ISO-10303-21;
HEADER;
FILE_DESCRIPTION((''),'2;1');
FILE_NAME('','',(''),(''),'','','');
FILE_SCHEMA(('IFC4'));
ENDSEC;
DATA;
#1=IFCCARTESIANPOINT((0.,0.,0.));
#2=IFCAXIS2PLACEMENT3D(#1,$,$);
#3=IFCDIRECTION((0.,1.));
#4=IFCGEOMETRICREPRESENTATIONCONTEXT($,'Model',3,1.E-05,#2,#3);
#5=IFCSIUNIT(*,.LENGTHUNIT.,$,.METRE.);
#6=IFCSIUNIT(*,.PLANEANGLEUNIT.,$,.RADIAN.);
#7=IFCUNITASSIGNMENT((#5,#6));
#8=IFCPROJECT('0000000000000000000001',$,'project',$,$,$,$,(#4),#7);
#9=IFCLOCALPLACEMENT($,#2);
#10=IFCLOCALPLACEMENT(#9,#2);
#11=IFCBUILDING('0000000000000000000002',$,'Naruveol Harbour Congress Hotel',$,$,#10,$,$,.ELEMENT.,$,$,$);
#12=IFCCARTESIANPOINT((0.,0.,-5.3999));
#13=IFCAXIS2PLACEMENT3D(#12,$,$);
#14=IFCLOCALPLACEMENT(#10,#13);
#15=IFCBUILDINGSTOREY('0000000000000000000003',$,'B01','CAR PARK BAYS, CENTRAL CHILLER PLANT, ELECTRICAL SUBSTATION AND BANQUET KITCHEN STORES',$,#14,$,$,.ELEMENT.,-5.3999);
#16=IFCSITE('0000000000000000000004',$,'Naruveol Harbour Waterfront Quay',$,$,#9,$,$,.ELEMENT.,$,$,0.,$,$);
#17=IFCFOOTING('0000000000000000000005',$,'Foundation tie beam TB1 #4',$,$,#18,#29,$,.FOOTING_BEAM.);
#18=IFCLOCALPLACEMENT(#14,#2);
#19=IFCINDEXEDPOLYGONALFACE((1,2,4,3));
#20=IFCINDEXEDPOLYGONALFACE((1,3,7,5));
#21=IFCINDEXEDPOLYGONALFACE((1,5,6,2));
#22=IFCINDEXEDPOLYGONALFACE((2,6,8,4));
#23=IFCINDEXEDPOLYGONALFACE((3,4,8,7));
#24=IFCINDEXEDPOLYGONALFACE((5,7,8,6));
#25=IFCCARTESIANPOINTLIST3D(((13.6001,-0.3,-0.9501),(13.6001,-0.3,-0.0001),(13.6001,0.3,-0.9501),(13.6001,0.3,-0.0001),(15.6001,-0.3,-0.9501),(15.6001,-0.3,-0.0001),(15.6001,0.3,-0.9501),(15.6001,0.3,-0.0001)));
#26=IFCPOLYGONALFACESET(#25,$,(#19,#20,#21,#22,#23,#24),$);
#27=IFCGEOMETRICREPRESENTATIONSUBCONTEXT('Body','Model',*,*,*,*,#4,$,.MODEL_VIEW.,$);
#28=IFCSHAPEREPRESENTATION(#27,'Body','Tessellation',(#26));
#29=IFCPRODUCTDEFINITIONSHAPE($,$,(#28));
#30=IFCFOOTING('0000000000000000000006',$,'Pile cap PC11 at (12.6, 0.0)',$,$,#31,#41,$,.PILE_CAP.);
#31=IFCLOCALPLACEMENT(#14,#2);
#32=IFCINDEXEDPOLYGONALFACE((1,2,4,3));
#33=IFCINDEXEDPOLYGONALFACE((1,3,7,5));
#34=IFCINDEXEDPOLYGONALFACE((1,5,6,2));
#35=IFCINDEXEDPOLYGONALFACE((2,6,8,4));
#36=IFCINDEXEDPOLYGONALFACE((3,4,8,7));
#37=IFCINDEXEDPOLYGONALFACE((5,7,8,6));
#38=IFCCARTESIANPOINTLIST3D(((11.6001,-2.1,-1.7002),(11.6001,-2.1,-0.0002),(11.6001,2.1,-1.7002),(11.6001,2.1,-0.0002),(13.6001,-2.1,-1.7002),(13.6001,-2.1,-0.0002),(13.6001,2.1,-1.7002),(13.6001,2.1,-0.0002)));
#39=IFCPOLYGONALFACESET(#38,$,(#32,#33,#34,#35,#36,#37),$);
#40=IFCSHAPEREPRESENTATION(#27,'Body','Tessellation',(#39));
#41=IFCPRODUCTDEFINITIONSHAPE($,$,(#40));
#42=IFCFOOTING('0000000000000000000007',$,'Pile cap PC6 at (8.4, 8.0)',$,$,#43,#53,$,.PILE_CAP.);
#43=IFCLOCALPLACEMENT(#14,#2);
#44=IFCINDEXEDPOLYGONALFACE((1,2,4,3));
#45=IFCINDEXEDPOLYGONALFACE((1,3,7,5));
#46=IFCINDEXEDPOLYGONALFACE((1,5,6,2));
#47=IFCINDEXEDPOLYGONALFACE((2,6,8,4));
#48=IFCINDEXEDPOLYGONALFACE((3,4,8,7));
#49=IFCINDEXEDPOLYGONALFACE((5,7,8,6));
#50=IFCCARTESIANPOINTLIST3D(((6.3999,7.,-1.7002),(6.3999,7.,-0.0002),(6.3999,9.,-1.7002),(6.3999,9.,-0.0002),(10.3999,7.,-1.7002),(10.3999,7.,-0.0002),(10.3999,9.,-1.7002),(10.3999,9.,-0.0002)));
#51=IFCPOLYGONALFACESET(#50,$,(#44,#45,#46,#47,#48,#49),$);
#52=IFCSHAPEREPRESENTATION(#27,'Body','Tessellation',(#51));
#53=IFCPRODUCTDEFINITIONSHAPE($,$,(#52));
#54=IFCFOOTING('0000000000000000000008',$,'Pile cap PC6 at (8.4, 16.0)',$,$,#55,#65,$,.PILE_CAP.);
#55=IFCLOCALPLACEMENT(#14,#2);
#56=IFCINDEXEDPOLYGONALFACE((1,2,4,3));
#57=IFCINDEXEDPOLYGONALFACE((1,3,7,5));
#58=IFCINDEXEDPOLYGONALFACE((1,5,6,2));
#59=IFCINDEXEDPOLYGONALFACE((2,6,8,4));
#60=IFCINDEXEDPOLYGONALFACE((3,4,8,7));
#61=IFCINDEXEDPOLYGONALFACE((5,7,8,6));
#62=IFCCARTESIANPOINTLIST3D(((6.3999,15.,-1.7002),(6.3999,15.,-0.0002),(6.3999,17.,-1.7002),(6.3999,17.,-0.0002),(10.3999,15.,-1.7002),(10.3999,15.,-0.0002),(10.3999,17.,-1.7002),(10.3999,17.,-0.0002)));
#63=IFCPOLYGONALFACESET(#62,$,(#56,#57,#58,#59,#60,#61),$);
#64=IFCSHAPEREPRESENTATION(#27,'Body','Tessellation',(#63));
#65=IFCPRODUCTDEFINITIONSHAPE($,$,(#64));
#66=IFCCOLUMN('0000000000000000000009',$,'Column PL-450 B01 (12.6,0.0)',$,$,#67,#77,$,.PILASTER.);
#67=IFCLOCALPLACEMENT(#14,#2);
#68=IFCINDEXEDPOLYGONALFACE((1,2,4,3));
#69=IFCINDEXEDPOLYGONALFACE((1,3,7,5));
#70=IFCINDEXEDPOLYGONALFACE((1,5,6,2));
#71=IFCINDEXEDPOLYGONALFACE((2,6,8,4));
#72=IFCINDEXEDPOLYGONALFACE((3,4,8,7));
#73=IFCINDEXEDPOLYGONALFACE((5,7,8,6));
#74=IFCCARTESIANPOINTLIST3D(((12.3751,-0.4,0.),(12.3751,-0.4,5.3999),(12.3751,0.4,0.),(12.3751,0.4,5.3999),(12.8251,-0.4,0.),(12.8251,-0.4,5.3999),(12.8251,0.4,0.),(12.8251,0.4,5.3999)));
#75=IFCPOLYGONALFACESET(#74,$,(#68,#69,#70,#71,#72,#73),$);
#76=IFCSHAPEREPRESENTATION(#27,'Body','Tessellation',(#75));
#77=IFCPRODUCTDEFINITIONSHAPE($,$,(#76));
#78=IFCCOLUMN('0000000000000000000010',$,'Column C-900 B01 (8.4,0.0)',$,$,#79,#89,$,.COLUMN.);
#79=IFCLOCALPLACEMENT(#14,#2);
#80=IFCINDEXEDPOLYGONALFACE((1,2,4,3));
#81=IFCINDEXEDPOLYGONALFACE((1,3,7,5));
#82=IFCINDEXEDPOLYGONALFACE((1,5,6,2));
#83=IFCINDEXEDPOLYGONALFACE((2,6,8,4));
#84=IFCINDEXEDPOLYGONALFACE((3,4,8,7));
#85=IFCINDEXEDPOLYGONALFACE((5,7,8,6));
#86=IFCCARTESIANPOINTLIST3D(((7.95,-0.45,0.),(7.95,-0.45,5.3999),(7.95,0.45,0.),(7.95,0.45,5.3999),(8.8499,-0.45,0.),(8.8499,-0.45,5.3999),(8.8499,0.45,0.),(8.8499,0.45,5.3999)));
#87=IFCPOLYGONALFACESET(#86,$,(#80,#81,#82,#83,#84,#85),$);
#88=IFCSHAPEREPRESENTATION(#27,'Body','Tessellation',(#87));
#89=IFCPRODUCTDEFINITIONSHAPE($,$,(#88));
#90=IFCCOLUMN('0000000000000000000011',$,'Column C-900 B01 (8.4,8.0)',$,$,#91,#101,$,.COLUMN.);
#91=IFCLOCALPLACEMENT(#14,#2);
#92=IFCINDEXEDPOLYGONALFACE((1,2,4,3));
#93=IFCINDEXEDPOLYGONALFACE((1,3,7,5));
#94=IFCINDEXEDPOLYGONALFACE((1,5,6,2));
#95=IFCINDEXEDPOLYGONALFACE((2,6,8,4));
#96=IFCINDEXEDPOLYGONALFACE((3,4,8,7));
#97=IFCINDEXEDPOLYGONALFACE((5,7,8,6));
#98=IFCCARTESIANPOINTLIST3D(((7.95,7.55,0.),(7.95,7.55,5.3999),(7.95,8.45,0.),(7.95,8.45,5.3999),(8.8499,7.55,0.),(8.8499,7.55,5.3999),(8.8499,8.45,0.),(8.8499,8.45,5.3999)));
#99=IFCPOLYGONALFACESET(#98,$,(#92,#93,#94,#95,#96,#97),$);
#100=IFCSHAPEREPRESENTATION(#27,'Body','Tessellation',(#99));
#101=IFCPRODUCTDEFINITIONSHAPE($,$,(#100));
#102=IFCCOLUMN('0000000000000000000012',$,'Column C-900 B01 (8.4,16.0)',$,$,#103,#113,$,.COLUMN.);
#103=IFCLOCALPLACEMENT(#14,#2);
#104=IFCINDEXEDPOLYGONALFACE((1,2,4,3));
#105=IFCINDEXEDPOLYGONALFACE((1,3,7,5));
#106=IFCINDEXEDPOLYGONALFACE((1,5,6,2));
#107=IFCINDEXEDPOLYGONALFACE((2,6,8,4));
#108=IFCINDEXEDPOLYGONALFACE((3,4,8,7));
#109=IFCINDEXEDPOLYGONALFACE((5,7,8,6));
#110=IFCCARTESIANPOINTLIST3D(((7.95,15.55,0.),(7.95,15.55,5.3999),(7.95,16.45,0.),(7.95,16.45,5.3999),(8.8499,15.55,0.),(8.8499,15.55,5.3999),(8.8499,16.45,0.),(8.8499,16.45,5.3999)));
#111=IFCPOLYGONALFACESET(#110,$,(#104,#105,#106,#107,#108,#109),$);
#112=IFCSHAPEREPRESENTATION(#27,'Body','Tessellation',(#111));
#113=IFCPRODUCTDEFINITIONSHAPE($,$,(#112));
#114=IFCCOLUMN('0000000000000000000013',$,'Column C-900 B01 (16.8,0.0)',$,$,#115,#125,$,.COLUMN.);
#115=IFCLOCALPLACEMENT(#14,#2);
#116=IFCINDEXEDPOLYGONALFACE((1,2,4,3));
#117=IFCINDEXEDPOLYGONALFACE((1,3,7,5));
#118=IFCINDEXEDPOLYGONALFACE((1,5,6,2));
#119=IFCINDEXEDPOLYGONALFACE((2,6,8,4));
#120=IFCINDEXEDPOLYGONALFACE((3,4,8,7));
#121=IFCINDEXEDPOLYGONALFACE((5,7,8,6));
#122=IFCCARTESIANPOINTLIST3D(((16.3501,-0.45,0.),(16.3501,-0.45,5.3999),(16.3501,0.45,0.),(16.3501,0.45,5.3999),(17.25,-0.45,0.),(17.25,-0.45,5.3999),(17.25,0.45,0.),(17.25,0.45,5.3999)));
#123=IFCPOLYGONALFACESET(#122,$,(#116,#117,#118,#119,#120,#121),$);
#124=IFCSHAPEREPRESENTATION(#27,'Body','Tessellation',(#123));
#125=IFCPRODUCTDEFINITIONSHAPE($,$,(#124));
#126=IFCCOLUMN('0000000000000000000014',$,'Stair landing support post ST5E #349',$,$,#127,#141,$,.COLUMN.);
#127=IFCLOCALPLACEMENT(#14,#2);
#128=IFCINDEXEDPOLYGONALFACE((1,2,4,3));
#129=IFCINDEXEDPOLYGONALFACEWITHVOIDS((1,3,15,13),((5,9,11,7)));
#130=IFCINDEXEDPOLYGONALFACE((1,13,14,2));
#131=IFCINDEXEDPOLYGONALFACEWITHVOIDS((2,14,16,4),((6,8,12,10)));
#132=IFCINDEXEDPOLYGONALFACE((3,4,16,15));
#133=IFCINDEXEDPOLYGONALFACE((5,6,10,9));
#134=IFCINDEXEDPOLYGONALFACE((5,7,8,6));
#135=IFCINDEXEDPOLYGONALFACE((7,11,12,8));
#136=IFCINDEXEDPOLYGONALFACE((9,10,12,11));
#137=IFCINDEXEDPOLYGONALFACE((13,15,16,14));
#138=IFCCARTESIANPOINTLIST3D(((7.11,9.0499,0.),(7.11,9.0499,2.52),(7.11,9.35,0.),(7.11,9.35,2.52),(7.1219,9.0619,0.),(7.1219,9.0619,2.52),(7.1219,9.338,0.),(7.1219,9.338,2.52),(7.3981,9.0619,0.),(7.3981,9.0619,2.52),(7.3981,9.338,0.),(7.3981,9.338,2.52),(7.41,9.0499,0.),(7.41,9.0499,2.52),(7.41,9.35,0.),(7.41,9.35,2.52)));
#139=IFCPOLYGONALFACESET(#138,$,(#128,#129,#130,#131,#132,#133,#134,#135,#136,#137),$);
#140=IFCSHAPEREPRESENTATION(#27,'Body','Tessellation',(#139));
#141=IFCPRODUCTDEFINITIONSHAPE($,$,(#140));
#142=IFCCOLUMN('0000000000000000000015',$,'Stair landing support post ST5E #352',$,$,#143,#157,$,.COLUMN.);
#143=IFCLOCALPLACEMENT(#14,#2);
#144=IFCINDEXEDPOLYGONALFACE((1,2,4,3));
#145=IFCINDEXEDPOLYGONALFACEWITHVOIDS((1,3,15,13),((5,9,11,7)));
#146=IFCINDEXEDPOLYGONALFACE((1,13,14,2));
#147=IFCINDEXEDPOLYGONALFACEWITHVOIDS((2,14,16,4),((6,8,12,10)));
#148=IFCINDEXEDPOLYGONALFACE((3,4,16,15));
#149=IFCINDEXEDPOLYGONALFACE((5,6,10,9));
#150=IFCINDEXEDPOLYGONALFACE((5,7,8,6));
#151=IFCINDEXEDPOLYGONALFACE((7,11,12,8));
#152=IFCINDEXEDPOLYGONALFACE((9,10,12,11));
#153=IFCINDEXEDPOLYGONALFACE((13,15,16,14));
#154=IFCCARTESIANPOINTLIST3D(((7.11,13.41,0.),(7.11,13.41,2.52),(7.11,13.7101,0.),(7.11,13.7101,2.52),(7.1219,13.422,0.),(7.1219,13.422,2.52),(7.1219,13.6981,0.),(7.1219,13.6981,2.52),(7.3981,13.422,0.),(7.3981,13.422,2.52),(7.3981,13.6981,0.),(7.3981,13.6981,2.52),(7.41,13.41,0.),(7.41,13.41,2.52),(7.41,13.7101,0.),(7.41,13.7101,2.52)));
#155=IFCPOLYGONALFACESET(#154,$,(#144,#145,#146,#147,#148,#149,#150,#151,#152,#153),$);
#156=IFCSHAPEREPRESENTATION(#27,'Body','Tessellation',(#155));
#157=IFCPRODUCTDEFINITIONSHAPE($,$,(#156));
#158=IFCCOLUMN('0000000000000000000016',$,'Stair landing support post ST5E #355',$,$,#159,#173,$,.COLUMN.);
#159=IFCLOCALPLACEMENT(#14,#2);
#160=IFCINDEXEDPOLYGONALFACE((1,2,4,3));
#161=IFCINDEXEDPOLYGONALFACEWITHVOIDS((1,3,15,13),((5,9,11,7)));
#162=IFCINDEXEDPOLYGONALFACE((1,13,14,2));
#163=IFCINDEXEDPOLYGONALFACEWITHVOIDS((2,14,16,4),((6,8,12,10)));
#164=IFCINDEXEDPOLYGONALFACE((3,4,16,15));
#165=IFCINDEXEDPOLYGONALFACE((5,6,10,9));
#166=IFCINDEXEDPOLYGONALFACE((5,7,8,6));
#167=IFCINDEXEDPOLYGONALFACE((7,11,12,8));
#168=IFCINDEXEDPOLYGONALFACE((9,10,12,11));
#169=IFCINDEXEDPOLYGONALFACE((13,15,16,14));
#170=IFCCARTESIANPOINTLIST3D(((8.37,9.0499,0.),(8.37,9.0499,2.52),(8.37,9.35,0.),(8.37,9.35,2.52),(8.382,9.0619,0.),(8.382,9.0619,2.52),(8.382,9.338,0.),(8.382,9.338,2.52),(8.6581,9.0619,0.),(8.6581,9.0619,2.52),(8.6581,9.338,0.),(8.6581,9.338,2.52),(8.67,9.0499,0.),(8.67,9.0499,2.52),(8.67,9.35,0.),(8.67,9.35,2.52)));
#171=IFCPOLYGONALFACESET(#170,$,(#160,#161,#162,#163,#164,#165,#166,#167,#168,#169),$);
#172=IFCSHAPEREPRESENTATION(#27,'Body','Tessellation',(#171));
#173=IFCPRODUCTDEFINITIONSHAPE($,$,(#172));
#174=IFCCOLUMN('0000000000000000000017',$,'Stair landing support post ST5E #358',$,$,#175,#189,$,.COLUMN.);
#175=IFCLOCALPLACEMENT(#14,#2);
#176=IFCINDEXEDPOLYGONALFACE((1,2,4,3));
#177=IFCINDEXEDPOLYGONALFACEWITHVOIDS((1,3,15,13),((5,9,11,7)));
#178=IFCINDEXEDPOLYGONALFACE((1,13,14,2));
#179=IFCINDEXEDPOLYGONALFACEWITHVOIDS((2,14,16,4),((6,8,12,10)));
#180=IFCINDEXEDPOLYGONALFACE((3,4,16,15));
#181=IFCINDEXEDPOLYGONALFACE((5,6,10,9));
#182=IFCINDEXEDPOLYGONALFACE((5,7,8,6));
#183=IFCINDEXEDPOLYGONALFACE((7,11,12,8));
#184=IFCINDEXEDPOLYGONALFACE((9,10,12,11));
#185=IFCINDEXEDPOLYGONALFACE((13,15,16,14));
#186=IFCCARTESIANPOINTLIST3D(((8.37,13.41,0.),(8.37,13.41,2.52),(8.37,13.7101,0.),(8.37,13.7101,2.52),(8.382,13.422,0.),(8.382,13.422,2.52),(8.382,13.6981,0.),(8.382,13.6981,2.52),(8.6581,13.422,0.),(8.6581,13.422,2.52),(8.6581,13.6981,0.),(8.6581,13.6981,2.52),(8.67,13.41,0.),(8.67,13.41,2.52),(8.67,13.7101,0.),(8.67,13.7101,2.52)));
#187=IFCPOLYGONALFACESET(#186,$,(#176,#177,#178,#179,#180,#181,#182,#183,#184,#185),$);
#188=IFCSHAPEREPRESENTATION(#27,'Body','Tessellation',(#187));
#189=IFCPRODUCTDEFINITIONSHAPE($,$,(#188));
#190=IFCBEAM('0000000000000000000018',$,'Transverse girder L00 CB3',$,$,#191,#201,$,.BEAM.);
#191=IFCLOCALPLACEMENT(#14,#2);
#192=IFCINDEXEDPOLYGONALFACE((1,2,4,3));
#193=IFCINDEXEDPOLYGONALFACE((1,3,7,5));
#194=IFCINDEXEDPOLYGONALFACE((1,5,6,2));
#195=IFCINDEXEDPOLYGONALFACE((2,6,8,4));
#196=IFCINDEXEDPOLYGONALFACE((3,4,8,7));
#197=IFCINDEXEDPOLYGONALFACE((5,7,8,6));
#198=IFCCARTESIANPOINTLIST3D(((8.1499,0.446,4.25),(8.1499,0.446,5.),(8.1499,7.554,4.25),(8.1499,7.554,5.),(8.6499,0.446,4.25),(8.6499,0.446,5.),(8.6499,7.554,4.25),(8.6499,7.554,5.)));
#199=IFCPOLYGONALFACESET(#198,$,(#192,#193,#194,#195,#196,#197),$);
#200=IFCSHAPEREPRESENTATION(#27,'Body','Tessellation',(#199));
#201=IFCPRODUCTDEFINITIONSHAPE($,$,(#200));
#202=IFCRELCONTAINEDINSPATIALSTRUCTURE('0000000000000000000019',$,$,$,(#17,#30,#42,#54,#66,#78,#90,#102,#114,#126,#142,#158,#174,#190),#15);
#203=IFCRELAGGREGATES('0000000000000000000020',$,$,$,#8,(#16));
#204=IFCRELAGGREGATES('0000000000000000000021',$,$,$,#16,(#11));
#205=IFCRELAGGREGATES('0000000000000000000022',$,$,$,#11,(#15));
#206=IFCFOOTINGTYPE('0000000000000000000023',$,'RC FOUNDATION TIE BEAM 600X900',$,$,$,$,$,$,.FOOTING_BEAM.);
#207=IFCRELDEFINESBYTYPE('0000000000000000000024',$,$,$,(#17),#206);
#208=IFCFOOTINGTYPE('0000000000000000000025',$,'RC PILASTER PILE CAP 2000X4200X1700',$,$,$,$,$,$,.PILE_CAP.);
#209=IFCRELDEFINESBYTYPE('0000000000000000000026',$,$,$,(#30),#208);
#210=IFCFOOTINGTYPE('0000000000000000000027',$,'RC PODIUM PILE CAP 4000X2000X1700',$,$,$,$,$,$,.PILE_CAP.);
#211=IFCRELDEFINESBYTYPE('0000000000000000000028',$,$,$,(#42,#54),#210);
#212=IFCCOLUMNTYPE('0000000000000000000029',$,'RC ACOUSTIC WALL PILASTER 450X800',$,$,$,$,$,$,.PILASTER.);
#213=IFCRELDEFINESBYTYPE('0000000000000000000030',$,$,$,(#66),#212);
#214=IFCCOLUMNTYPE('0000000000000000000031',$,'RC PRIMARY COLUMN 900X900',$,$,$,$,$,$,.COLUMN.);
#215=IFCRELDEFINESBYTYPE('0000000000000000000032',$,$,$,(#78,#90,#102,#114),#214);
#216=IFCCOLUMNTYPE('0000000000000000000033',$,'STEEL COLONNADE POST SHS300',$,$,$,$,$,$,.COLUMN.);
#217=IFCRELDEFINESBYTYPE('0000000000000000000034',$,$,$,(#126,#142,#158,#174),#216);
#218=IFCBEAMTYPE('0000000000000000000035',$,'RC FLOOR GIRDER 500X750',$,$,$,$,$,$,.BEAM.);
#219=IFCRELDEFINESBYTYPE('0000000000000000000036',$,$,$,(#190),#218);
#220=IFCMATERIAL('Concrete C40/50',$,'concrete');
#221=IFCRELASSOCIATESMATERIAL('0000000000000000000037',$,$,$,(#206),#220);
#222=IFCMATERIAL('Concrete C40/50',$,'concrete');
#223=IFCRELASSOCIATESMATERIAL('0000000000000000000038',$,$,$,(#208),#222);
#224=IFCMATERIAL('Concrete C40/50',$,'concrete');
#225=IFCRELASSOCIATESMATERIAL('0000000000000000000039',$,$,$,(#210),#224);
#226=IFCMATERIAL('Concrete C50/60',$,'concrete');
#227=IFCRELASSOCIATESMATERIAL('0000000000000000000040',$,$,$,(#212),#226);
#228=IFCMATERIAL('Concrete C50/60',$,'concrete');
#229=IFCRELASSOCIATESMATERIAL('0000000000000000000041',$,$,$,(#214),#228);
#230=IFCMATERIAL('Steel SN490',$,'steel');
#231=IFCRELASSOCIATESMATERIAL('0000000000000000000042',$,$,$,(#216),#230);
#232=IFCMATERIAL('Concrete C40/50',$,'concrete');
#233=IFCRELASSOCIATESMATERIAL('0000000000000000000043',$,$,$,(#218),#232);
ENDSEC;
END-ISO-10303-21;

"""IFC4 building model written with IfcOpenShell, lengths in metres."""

from ifc_helpers import new_model, si_unit, direction, frame, origin, origin_2d, place, context, subcontext, project, spatial, rectangle, hollow_rectangle, extrude, material, material_profile, profile_set, type_object, element, save


model = new_model("IFC4")

# Units and contexts
model_context = context("Model", 3, precision=1e-05, world=origin(), true_north=direction((0.0, 1.0)))
body_context = subcontext(model_context, "Body", "Model", "MODEL_VIEW")
ifc_project = project(units=[si_unit("LENGTHUNIT", "METRE"), si_unit("PLANEANGLEUNIT", "RADIAN")], contexts=[model_context])

# Site, building, storey
site_placement = place(None, origin())
site = spatial("IfcSite", under=ifc_project, at=site_placement, Name="Naruveol Harbour Waterfront Quay", CompositionType="ELEMENT", RefElevation=0.0)
building_placement = place(site_placement, origin())
building = spatial("IfcBuilding", under=site, at=building_placement, Name="Naruveol Harbour Congress Hotel", CompositionType="ELEMENT")
storey_placement = place(building_placement, frame((0.0, 0.0, -5.3999)))
storey = spatial("IfcBuildingStorey", under=building, at=storey_placement, Name="B01", Description="CAR PARK BAYS, CENTRAL CHILLER PLANT, ELECTRICAL SUBSTATION AND BANQUET KITCHEN STORES", CompositionType="ELEMENT", Elevation=-5.3999)

# Footings
ifc_material_1 = material(Name="Concrete C40/50", Category="concrete")
ifc_material_profile_1 = material_profile(ifc_material_1, rectangle(XDim=0.6001, YDim=0.95, at=origin_2d()), Name="RCB-600x950")
ifc_profile_set_1 = profile_set([ifc_material_profile_1], Name="Concrete C40/50")
footing_type_1 = type_object("IfcFootingType", Name="RC FOUNDATION TIE BEAM 600X900", PredefinedType="FOOTING_BEAM", material=ifc_profile_set_1)
for number, where, z_axis, x_axis, name in (
    (1, (13.6001, 0.0, -0.4751), (1.0, 0.0, 0.0), (0.0, 1.0, 0.0), "Foundation tie beam TB1 #4"),
):
    element("IfcFooting", number, at=place(storey_placement, frame(where, z_axis=z_axis, x_axis=x_axis)), inside=storey, type_object=footing_type_1, Name=name, PredefinedType="FOOTING_BEAM", context=body_context, shape_type="SweptSolid", body=[
        extrude(rectangle(XDim=0.6001, YDim=0.95, at=origin_2d()), origin(), (0.0, 0.0, 1.0), 2.0),
    ])
ifc_material_2 = material(Name="Concrete C40/50", Category="concrete")
footing_type_2 = type_object("IfcFootingType", Name="RC PILASTER PILE CAP 2000X4200X1700", PredefinedType="PILE_CAP", material=ifc_material_2)
footing_1_placement = place(storey_placement, frame((12.6001, 0.0, -1.7002), z_axis=(0.0, 0.0, 1.0), x_axis=(1.0, 0.0, 0.0)))
element("IfcFooting", 2, at=footing_1_placement, inside=storey, type_object=footing_type_2, Name="Pile cap PC11 at (12.6, 0.0)", PredefinedType="PILE_CAP", context=body_context, shape_type="SweptSolid", body=[
    extrude(rectangle(XDim=2.0, YDim=4.2, at=origin_2d()), origin(), (0.0, 0.0, 1.0), 1.7),
])
ifc_material_3 = material(Name="Concrete C40/50", Category="concrete")
footing_type_3 = type_object("IfcFootingType", Name="RC PODIUM PILE CAP 4000X2000X1700", PredefinedType="PILE_CAP", material=ifc_material_3)
for number, where, z_axis, x_axis, name in (
    (3, (8.3999, 8.0, -1.7002), (0.0, 0.0, 1.0), (1.0, 0.0, 0.0), "Pile cap PC6 at (8.4, 8.0)"),
    (4, (8.3999, 16.0, -1.7002), (0.0, 0.0, 1.0), (1.0, 0.0, 0.0), "Pile cap PC6 at (8.4, 16.0)"),
):
    element("IfcFooting", number, at=place(storey_placement, frame(where, z_axis=z_axis, x_axis=x_axis)), inside=storey, type_object=footing_type_3, Name=name, PredefinedType="PILE_CAP", context=body_context, shape_type="SweptSolid", body=[
        extrude(rectangle(XDim=4.0, YDim=2.0, at=origin_2d()), origin(), (0.0, 0.0, 1.0), 1.7),
    ])

# Columns
ifc_material_4 = material(Name="Concrete C50/60", Category="concrete")
ifc_material_profile_2 = material_profile(ifc_material_4, rectangle(XDim=0.45, YDim=0.8, at=origin_2d()), Name="RC-450x800")
ifc_profile_set_2 = profile_set([ifc_material_profile_2], Name="Concrete C50/60")
column_type_1 = type_object("IfcColumnType", Name="RC ACOUSTIC WALL PILASTER 450X800", PredefinedType="PILASTER", material=ifc_profile_set_2)
column_placement = place(storey_placement, frame((12.6001, 0.0, 0.0), z_axis=(0.0, 0.0, 1.0), x_axis=(1.0, 0.0, 0.0)))
element("IfcColumn", 5, at=column_placement, inside=storey, type_object=column_type_1, Name="Column PL-450 B01 (12.6,0.0)", PredefinedType="PILASTER", context=body_context, shape_type="SweptSolid", body=[
    extrude(rectangle(XDim=0.45, YDim=0.8, at=origin_2d()), origin(), (0.0, 0.0, 1.0), 5.3999),
])
ifc_material_5 = material(Name="Concrete C50/60", Category="concrete")
ifc_material_profile_3 = material_profile(ifc_material_5, rectangle(XDim=0.8999, YDim=0.8999, at=origin_2d()), Name="RC-900x900")
ifc_profile_set_3 = profile_set([ifc_material_profile_3], Name="Concrete C50/60")
column_type_2 = type_object("IfcColumnType", Name="RC PRIMARY COLUMN 900X900", PredefinedType="COLUMN", material=ifc_profile_set_3)
for number, where, z_axis, x_axis, name in (
    (6, (8.3999, 0.0, 0.0), (0.0, 0.0, 1.0), (1.0, 0.0, 0.0), "Column C-900 B01 (8.4,0.0)"),
    (7, (8.3999, 8.0, 0.0), (0.0, 0.0, 1.0), (1.0, 0.0, 0.0), "Column C-900 B01 (8.4,8.0)"),
    (8, (8.3999, 16.0, 0.0), (0.0, 0.0, 1.0), (1.0, 0.0, 0.0), "Column C-900 B01 (8.4,16.0)"),
    (9, (16.8, 0.0, 0.0), (0.0, 0.0, 1.0), (1.0, 0.0, 0.0), "Column C-900 B01 (16.8,0.0)"),
):
    element("IfcColumn", number, at=place(storey_placement, frame(where, z_axis=z_axis, x_axis=x_axis)), inside=storey, type_object=column_type_2, Name=name, PredefinedType="COLUMN", context=body_context, shape_type="SweptSolid", body=[
        extrude(rectangle(XDim=0.8999, YDim=0.8999, at=origin_2d()), origin(), (0.0, 0.0, 1.0), 5.3999),
    ])
ifc_material_6 = material(Name="Steel SN490", Category="steel")
ifc_material_profile_4 = material_profile(ifc_material_6, hollow_rectangle(XDim=0.3, YDim=0.3, WallThickness=0.012, at=origin_2d()), Name="SHS-300x300x12")
ifc_profile_set_4 = profile_set([ifc_material_profile_4], Name="Steel SN490")
column_type_3 = type_object("IfcColumnType", Name="STEEL COLONNADE POST SHS300", PredefinedType="COLUMN", material=ifc_profile_set_4)
for number, where, z_axis, x_axis, name in (
    (10, (7.26, 9.2, 0.0), (0.0, 0.0, 1.0), (1.0, 0.0, 0.0), "Stair landing support post ST5E #349"),
    (11, (7.26, 13.5601, 0.0), (0.0, 0.0, 1.0), (1.0, 0.0, 0.0), "Stair landing support post ST5E #352"),
    (12, (8.52, 9.2, 0.0), (0.0, 0.0, 1.0), (1.0, 0.0, 0.0), "Stair landing support post ST5E #355"),
    (13, (8.52, 13.5601, 0.0), (0.0, 0.0, 1.0), (1.0, 0.0, 0.0), "Stair landing support post ST5E #358"),
):
    element("IfcColumn", number, at=place(storey_placement, frame(where, z_axis=z_axis, x_axis=x_axis)), inside=storey, type_object=column_type_3, Name=name, PredefinedType="COLUMN", context=body_context, shape_type="SweptSolid", body=[
        extrude(hollow_rectangle(XDim=0.3, YDim=0.3, WallThickness=0.012, at=origin_2d()), origin(), (0.0, 0.0, 1.0), 2.52),
    ])

# Beam
ifc_material_7 = material(Name="Concrete C40/50", Category="concrete")
ifc_material_profile_5 = material_profile(ifc_material_7, rectangle(XDim=0.5, YDim=0.75, at=origin_2d()), Name="RCB-500x750")
ifc_profile_set_5 = profile_set([ifc_material_profile_5], Name="Concrete C40/50")
beam_type_1 = type_object("IfcBeamType", Name="RC FLOOR GIRDER 500X750", PredefinedType="BEAM", material=ifc_profile_set_5)
beam_1_placement = place(storey_placement, frame((8.3999, 0.446, 4.625), z_axis=(0.0, 1.0, 0.0), x_axis=(-1.0, 0.0, 0.0)))
element("IfcBeam", 14, at=beam_1_placement, inside=storey, type_object=beam_type_1, Name="Transverse girder L00 CB3", PredefinedType="BEAM", context=body_context, shape_type="SweptSolid", body=[
    extrude(rectangle(XDim=0.5, YDim=0.75, at=origin_2d()), origin(), (0.0, 0.0, 1.0), 7.1079),
])

save(model, "model.ifc")
